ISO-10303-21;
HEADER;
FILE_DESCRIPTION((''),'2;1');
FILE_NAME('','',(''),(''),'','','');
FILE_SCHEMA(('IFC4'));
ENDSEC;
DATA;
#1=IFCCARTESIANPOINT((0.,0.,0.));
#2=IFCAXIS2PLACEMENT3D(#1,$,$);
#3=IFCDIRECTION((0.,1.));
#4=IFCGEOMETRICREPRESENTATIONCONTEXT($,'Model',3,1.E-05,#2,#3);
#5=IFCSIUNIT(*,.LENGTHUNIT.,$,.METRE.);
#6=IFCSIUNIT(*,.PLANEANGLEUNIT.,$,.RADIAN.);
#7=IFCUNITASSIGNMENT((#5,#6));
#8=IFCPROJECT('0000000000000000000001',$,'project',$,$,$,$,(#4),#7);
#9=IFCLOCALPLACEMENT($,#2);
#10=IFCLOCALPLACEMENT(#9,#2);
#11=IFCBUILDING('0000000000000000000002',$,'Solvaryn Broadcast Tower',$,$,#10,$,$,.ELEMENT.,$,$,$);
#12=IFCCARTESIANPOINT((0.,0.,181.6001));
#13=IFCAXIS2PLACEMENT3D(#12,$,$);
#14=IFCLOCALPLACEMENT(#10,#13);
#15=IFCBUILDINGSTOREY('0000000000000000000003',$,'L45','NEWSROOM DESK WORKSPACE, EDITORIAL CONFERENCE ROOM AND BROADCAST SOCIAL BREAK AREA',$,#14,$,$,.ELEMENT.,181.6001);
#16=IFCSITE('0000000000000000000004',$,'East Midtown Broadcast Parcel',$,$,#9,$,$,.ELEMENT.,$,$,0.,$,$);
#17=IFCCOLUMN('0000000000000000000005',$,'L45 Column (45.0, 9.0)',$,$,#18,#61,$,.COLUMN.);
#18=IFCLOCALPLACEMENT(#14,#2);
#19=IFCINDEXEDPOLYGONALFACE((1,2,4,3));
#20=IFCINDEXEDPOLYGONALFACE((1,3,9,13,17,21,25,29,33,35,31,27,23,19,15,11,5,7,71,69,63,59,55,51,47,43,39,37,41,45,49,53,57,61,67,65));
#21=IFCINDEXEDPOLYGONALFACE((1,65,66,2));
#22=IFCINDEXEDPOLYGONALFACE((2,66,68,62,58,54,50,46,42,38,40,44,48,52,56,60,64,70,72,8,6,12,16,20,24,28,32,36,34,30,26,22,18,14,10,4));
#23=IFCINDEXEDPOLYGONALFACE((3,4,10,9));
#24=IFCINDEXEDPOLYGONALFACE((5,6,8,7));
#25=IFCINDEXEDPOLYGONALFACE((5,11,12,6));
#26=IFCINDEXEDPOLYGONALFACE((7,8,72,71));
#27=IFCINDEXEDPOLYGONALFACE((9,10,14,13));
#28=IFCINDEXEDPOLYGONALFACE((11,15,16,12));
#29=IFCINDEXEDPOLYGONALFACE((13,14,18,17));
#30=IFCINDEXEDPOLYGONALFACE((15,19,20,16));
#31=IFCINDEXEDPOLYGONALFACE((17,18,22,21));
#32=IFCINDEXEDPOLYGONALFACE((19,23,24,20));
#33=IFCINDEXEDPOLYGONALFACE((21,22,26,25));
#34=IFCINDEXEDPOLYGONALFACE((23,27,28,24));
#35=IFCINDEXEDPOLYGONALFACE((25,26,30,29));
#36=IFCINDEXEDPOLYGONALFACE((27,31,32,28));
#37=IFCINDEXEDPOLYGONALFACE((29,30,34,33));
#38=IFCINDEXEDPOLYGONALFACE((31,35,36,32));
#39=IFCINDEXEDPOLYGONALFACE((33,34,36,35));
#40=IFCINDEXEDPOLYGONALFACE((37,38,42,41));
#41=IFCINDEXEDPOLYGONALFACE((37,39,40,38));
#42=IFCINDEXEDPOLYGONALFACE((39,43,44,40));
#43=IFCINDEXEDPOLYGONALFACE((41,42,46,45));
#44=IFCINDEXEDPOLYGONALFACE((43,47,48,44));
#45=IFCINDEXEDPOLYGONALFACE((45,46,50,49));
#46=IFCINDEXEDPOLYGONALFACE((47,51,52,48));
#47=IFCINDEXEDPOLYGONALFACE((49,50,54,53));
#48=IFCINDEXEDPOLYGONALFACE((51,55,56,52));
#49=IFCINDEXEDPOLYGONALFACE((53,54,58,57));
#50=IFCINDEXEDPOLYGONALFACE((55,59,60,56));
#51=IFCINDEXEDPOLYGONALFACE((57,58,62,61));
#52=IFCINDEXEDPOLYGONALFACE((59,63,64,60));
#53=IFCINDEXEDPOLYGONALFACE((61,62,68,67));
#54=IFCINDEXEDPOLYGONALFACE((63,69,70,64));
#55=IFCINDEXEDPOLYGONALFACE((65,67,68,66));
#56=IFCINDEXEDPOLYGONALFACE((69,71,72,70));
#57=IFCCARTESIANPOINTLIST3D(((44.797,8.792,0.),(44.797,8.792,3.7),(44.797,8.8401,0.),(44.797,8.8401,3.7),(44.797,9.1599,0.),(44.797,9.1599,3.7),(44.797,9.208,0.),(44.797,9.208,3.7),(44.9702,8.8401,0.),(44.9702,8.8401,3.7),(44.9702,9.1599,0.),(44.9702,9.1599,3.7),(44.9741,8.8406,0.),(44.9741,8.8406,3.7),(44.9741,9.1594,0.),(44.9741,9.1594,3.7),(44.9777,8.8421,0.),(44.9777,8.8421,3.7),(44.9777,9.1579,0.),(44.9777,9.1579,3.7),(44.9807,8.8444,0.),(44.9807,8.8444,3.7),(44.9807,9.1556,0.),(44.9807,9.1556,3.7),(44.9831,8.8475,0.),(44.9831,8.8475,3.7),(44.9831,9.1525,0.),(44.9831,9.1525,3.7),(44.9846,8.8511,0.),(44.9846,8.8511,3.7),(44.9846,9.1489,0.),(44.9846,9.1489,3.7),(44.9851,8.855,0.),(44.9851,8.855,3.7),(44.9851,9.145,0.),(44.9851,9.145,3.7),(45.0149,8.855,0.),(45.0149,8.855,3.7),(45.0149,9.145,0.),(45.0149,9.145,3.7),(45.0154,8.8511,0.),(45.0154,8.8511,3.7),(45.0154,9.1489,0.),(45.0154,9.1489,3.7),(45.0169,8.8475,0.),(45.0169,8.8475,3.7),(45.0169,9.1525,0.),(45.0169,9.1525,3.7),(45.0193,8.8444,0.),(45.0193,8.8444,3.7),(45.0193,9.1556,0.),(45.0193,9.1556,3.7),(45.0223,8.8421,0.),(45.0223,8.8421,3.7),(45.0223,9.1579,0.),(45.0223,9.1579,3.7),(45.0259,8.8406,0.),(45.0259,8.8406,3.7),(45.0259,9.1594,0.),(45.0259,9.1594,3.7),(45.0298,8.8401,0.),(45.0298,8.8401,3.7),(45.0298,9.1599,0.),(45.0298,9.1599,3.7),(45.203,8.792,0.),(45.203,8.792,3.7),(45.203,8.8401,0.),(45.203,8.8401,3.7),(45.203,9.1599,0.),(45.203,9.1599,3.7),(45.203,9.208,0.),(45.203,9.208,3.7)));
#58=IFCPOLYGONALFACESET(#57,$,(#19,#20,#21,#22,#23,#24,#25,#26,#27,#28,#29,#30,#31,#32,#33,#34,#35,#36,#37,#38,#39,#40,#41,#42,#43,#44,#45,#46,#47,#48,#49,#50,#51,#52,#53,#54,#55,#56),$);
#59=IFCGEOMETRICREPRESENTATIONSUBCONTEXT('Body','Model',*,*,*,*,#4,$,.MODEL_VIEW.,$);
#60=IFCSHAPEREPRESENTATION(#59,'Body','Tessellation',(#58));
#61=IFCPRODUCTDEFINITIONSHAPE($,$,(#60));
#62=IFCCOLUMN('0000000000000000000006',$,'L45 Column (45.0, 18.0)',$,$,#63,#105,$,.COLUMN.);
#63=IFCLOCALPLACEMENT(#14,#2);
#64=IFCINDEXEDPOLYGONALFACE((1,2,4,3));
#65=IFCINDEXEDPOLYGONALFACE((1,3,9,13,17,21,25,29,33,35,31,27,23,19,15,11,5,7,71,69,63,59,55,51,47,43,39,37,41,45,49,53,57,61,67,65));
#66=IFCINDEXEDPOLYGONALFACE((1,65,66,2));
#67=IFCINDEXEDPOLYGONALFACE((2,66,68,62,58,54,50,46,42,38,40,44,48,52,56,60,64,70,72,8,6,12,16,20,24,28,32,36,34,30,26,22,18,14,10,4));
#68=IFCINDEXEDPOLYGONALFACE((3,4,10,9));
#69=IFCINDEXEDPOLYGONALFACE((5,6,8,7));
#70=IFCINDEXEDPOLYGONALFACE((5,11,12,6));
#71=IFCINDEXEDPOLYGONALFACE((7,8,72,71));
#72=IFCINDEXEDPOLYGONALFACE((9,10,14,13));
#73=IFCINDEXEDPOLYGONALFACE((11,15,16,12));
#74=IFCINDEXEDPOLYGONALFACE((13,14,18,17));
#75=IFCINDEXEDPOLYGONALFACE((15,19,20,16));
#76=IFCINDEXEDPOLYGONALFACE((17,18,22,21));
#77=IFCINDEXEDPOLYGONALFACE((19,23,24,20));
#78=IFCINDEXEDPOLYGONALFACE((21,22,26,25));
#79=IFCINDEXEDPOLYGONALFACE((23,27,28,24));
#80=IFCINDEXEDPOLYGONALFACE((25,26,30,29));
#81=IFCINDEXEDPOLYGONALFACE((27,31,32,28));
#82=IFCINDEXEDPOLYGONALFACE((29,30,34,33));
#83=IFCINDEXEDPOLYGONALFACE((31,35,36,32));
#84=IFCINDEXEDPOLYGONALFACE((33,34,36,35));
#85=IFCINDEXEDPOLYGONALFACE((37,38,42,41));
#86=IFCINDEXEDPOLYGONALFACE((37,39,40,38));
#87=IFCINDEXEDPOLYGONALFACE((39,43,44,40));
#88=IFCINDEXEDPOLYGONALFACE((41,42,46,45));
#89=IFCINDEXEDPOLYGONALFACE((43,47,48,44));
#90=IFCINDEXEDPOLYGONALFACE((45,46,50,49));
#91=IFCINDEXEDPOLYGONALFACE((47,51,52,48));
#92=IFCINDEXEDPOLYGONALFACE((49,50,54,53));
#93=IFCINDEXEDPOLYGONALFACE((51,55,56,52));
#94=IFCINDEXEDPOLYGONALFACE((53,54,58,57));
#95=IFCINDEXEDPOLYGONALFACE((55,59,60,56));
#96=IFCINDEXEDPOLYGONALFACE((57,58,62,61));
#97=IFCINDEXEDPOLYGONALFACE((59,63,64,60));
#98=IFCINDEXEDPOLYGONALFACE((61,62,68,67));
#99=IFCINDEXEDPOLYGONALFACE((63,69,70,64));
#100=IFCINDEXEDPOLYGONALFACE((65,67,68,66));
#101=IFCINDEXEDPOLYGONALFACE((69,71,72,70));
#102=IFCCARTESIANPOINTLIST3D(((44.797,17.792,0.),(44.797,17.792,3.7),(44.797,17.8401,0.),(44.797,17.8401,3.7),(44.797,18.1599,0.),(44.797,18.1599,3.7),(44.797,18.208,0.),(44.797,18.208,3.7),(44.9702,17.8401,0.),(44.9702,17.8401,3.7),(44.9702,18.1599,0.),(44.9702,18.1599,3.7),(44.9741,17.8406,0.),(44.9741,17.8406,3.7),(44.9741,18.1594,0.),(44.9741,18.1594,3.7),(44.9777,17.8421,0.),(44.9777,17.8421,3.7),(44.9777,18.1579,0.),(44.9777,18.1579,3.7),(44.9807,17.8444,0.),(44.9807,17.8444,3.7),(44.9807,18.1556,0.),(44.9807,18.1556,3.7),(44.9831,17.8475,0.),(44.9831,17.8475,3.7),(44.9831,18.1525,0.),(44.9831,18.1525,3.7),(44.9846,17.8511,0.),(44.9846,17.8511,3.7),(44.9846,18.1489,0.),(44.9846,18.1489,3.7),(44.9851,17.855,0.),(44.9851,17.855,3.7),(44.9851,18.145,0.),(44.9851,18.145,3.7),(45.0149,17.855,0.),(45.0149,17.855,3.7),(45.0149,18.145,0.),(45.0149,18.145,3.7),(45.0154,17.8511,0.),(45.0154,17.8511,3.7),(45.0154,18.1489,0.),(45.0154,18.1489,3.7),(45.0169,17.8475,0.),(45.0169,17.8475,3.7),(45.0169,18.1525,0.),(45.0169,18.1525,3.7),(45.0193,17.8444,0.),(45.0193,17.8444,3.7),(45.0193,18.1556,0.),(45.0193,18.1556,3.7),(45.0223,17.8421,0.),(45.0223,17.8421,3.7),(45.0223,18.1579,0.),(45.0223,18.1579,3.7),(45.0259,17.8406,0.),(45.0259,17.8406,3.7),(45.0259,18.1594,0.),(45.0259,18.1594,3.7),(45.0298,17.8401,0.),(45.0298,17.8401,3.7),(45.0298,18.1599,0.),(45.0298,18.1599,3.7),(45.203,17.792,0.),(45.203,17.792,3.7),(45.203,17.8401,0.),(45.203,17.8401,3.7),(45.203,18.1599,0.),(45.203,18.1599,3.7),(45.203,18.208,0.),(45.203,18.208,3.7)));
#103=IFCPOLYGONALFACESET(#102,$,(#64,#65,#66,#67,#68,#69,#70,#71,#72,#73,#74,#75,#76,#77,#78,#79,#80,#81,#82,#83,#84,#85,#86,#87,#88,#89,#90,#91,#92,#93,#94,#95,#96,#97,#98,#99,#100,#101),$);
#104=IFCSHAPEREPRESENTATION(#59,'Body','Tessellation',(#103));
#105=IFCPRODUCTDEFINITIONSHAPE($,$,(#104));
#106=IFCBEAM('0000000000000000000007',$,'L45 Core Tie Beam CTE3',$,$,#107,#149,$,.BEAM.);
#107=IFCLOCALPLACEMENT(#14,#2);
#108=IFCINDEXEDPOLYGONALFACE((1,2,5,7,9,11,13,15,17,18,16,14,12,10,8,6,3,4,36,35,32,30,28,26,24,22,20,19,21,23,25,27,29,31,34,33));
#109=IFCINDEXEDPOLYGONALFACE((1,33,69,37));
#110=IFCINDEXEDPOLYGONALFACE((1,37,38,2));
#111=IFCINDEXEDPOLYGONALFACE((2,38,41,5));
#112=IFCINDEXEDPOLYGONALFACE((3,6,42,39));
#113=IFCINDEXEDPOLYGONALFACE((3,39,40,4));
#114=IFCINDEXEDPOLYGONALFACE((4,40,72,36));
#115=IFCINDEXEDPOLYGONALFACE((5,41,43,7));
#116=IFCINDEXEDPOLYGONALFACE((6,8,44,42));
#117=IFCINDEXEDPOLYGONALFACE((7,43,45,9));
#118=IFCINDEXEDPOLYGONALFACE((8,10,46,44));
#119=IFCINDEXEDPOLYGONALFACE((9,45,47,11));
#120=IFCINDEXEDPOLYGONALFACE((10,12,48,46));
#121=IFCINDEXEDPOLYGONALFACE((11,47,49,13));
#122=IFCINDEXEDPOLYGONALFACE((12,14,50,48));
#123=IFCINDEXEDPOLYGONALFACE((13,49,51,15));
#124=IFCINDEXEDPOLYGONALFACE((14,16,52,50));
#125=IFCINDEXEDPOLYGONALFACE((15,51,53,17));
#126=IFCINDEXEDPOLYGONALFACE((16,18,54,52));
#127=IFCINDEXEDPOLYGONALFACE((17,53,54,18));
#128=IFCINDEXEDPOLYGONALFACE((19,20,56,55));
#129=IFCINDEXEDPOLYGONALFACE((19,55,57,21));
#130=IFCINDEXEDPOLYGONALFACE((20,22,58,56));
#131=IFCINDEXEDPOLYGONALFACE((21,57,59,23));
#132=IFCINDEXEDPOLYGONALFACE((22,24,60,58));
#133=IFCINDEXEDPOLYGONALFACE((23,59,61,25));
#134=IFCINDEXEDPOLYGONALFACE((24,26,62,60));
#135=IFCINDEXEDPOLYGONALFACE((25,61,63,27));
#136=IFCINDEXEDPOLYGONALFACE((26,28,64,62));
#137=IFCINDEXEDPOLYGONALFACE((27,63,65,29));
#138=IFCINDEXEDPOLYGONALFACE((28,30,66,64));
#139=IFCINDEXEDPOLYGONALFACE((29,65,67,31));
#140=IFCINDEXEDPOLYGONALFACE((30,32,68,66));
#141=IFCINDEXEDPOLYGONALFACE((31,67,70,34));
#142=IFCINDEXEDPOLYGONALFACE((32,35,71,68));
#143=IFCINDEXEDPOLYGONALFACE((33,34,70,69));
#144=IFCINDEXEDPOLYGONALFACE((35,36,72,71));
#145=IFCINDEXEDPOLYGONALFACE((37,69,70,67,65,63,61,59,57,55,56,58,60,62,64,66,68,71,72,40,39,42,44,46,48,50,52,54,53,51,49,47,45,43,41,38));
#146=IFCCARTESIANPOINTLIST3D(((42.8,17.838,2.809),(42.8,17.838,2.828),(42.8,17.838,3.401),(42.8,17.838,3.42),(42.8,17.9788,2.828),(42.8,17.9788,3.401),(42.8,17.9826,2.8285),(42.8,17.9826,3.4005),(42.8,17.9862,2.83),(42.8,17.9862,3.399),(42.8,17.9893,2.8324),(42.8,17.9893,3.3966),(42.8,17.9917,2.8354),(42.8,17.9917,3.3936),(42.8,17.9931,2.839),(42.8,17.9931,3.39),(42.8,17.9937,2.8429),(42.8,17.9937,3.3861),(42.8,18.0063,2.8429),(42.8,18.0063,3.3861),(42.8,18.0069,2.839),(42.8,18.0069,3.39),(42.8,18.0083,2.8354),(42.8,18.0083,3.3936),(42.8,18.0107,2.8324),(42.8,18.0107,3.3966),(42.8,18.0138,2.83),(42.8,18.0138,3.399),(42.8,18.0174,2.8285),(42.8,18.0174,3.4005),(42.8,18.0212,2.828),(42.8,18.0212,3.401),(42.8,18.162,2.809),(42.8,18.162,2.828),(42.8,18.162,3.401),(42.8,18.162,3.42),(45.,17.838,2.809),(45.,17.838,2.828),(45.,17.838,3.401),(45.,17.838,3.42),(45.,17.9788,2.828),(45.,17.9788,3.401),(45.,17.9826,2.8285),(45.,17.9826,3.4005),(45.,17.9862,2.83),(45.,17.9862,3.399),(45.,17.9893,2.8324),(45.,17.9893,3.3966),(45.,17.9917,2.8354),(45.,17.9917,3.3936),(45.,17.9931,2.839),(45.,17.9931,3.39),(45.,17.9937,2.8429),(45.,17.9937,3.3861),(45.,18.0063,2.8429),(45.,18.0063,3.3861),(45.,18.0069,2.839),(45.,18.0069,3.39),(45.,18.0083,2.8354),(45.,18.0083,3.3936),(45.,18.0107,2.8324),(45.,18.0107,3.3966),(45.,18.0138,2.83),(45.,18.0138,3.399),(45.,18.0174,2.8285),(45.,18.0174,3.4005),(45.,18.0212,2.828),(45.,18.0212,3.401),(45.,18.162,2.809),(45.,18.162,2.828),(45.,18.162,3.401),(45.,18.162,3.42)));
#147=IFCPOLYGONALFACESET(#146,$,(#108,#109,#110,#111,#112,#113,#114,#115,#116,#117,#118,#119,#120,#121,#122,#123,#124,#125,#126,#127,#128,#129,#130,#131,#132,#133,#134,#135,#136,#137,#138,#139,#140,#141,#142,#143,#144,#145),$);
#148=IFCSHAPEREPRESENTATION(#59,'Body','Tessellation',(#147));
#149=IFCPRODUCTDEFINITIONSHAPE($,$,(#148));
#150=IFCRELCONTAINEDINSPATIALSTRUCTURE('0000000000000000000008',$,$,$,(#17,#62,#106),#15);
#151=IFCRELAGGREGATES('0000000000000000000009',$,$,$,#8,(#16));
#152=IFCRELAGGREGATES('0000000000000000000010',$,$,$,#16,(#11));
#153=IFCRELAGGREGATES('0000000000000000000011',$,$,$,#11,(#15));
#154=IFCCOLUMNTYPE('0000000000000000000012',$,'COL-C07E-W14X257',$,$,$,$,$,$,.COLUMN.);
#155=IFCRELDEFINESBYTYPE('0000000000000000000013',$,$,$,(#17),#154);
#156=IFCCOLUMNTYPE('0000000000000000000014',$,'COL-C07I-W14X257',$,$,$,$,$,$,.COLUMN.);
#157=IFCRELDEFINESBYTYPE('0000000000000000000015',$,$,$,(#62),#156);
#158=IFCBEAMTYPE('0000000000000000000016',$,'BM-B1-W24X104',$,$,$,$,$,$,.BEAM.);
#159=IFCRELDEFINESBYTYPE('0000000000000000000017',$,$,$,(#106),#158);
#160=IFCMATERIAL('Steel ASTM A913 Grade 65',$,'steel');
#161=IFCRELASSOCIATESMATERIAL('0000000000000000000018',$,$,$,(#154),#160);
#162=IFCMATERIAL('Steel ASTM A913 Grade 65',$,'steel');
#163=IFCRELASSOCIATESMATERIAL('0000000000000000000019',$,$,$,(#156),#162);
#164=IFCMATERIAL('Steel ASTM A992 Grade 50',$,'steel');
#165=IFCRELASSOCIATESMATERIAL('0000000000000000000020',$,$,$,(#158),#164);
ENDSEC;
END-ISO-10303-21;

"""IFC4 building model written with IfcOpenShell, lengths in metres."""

from ifc_helpers import new_model, si_unit, direction, frame, origin, origin_2d, place, context, subcontext, project, spatial, i_section, extrude, material, material_profile, profile_set, type_object, element, save


model = new_model("IFC4")

# Units and contexts
model_context = context("Model", 3, precision=1e-05, world=origin(), true_north=direction((0.0, 1.0)))
body_context = subcontext(model_context, "Body", "Model", "MODEL_VIEW")
ifc_project = project(units=[si_unit("LENGTHUNIT", "METRE"), si_unit("PLANEANGLEUNIT", "RADIAN")], contexts=[model_context])

# Site, building, storey
site_placement = place(None, origin())
site = spatial("IfcSite", under=ifc_project, at=site_placement, Name="East Midtown Broadcast Parcel", CompositionType="ELEMENT", RefElevation=0.0)
building_placement = place(site_placement, origin())
building = spatial("IfcBuilding", under=site, at=building_placement, Name="Solvaryn Broadcast Tower", CompositionType="ELEMENT")
storey_placement = place(building_placement, frame((0.0, 0.0, 181.6001)))
storey = spatial("IfcBuildingStorey", under=building, at=storey_placement, Name="L45", Description="NEWSROOM DESK WORKSPACE, EDITORIAL CONFERENCE ROOM AND BROADCAST SOCIAL BREAK AREA", CompositionType="ELEMENT", Elevation=181.6001)

# Columns
ifc_material_1 = material(Name="Steel ASTM A913 Grade 65", Category="steel")
ifc_material_profile_1 = material_profile(ifc_material_1, i_section(OverallWidth=0.406, OverallDepth=0.416, WebThickness=0.0298, FlangeThickness=0.0481, FilletRadius=0.0149, at=origin_2d()))
ifc_profile_set_1 = profile_set([ifc_material_profile_1], Name="Steel ASTM A913 Grade 65")
column_type_1 = type_object("IfcColumnType", Name="COL-C07E-W14X257", PredefinedType="COLUMN", material=ifc_profile_set_1)
column_1_placement = place(storey_placement, frame((45.0, 9.0, 0.0), z_axis=(0.0, 0.0, 1.0), x_axis=(1.0, 0.0, 0.0)))
element("IfcColumn", 1, at=column_1_placement, inside=storey, type_object=column_type_1, Name="L45 Column (45.0, 9.0)", PredefinedType="COLUMN", context=body_context, shape_type="SweptSolid", body=[
    extrude(i_section(OverallWidth=0.406, OverallDepth=0.416, WebThickness=0.0298, FlangeThickness=0.0481, FilletRadius=0.0149, at=origin_2d()), origin(), (0.0, 0.0, 1.0), 3.7),
])
ifc_material_2 = material(Name="Steel ASTM A913 Grade 65", Category="steel")
ifc_material_profile_2 = material_profile(ifc_material_2, i_section(OverallWidth=0.406, OverallDepth=0.416, WebThickness=0.0298, FlangeThickness=0.0481, FilletRadius=0.0149, at=origin_2d()))
ifc_profile_set_2 = profile_set([ifc_material_profile_2], Name="Steel ASTM A913 Grade 65")
column_type_2 = type_object("IfcColumnType", Name="COL-C07I-W14X257", PredefinedType="COLUMN", material=ifc_profile_set_2)
column_2_placement = place(storey_placement, frame((45.0, 18.0, 0.0), z_axis=(0.0, 0.0, 1.0), x_axis=(1.0, 0.0, 0.0)))
element("IfcColumn", 2, at=column_2_placement, inside=storey, type_object=column_type_2, Name="L45 Column (45.0, 18.0)", PredefinedType="COLUMN", context=body_context, shape_type="SweptSolid", body=[
    extrude(i_section(OverallWidth=0.406, OverallDepth=0.416, WebThickness=0.0298, FlangeThickness=0.0481, FilletRadius=0.0149, at=origin_2d()), origin(), (0.0, 0.0, 1.0), 3.7),
])

# Beam
ifc_material_3 = material(Name="Steel ASTM A992 Grade 50", Category="steel")
ifc_material_profile_3 = material_profile(ifc_material_3, i_section(OverallWidth=0.324, OverallDepth=0.6111, WebThickness=0.0127, FlangeThickness=0.019, FilletRadius=0.0149, at=origin_2d()))
ifc_profile_set_3 = profile_set([ifc_material_profile_3], Name="Steel ASTM A992 Grade 50")
beam_type = type_object("IfcBeamType", Name="BM-B1-W24X104", PredefinedType="BEAM", material=ifc_profile_set_3)
beam_placement = place(storey_placement, frame((42.8, 18.0, 3.1145), z_axis=(1.0, 0.0, 0.0), x_axis=(0.0, 1.0, 0.0)))
element("IfcBeam", 3, at=beam_placement, inside=storey, type_object=beam_type, Name="L45 Core Tie Beam CTE3", PredefinedType="BEAM", context=body_context, shape_type="SweptSolid", body=[
    extrude(i_section(OverallWidth=0.324, OverallDepth=0.6111, WebThickness=0.0127, FlangeThickness=0.019, FilletRadius=0.0149, at=origin_2d()), origin(), (0.0, 0.0, 1.0), 2.2),
])

save(model, "model.ifc")
